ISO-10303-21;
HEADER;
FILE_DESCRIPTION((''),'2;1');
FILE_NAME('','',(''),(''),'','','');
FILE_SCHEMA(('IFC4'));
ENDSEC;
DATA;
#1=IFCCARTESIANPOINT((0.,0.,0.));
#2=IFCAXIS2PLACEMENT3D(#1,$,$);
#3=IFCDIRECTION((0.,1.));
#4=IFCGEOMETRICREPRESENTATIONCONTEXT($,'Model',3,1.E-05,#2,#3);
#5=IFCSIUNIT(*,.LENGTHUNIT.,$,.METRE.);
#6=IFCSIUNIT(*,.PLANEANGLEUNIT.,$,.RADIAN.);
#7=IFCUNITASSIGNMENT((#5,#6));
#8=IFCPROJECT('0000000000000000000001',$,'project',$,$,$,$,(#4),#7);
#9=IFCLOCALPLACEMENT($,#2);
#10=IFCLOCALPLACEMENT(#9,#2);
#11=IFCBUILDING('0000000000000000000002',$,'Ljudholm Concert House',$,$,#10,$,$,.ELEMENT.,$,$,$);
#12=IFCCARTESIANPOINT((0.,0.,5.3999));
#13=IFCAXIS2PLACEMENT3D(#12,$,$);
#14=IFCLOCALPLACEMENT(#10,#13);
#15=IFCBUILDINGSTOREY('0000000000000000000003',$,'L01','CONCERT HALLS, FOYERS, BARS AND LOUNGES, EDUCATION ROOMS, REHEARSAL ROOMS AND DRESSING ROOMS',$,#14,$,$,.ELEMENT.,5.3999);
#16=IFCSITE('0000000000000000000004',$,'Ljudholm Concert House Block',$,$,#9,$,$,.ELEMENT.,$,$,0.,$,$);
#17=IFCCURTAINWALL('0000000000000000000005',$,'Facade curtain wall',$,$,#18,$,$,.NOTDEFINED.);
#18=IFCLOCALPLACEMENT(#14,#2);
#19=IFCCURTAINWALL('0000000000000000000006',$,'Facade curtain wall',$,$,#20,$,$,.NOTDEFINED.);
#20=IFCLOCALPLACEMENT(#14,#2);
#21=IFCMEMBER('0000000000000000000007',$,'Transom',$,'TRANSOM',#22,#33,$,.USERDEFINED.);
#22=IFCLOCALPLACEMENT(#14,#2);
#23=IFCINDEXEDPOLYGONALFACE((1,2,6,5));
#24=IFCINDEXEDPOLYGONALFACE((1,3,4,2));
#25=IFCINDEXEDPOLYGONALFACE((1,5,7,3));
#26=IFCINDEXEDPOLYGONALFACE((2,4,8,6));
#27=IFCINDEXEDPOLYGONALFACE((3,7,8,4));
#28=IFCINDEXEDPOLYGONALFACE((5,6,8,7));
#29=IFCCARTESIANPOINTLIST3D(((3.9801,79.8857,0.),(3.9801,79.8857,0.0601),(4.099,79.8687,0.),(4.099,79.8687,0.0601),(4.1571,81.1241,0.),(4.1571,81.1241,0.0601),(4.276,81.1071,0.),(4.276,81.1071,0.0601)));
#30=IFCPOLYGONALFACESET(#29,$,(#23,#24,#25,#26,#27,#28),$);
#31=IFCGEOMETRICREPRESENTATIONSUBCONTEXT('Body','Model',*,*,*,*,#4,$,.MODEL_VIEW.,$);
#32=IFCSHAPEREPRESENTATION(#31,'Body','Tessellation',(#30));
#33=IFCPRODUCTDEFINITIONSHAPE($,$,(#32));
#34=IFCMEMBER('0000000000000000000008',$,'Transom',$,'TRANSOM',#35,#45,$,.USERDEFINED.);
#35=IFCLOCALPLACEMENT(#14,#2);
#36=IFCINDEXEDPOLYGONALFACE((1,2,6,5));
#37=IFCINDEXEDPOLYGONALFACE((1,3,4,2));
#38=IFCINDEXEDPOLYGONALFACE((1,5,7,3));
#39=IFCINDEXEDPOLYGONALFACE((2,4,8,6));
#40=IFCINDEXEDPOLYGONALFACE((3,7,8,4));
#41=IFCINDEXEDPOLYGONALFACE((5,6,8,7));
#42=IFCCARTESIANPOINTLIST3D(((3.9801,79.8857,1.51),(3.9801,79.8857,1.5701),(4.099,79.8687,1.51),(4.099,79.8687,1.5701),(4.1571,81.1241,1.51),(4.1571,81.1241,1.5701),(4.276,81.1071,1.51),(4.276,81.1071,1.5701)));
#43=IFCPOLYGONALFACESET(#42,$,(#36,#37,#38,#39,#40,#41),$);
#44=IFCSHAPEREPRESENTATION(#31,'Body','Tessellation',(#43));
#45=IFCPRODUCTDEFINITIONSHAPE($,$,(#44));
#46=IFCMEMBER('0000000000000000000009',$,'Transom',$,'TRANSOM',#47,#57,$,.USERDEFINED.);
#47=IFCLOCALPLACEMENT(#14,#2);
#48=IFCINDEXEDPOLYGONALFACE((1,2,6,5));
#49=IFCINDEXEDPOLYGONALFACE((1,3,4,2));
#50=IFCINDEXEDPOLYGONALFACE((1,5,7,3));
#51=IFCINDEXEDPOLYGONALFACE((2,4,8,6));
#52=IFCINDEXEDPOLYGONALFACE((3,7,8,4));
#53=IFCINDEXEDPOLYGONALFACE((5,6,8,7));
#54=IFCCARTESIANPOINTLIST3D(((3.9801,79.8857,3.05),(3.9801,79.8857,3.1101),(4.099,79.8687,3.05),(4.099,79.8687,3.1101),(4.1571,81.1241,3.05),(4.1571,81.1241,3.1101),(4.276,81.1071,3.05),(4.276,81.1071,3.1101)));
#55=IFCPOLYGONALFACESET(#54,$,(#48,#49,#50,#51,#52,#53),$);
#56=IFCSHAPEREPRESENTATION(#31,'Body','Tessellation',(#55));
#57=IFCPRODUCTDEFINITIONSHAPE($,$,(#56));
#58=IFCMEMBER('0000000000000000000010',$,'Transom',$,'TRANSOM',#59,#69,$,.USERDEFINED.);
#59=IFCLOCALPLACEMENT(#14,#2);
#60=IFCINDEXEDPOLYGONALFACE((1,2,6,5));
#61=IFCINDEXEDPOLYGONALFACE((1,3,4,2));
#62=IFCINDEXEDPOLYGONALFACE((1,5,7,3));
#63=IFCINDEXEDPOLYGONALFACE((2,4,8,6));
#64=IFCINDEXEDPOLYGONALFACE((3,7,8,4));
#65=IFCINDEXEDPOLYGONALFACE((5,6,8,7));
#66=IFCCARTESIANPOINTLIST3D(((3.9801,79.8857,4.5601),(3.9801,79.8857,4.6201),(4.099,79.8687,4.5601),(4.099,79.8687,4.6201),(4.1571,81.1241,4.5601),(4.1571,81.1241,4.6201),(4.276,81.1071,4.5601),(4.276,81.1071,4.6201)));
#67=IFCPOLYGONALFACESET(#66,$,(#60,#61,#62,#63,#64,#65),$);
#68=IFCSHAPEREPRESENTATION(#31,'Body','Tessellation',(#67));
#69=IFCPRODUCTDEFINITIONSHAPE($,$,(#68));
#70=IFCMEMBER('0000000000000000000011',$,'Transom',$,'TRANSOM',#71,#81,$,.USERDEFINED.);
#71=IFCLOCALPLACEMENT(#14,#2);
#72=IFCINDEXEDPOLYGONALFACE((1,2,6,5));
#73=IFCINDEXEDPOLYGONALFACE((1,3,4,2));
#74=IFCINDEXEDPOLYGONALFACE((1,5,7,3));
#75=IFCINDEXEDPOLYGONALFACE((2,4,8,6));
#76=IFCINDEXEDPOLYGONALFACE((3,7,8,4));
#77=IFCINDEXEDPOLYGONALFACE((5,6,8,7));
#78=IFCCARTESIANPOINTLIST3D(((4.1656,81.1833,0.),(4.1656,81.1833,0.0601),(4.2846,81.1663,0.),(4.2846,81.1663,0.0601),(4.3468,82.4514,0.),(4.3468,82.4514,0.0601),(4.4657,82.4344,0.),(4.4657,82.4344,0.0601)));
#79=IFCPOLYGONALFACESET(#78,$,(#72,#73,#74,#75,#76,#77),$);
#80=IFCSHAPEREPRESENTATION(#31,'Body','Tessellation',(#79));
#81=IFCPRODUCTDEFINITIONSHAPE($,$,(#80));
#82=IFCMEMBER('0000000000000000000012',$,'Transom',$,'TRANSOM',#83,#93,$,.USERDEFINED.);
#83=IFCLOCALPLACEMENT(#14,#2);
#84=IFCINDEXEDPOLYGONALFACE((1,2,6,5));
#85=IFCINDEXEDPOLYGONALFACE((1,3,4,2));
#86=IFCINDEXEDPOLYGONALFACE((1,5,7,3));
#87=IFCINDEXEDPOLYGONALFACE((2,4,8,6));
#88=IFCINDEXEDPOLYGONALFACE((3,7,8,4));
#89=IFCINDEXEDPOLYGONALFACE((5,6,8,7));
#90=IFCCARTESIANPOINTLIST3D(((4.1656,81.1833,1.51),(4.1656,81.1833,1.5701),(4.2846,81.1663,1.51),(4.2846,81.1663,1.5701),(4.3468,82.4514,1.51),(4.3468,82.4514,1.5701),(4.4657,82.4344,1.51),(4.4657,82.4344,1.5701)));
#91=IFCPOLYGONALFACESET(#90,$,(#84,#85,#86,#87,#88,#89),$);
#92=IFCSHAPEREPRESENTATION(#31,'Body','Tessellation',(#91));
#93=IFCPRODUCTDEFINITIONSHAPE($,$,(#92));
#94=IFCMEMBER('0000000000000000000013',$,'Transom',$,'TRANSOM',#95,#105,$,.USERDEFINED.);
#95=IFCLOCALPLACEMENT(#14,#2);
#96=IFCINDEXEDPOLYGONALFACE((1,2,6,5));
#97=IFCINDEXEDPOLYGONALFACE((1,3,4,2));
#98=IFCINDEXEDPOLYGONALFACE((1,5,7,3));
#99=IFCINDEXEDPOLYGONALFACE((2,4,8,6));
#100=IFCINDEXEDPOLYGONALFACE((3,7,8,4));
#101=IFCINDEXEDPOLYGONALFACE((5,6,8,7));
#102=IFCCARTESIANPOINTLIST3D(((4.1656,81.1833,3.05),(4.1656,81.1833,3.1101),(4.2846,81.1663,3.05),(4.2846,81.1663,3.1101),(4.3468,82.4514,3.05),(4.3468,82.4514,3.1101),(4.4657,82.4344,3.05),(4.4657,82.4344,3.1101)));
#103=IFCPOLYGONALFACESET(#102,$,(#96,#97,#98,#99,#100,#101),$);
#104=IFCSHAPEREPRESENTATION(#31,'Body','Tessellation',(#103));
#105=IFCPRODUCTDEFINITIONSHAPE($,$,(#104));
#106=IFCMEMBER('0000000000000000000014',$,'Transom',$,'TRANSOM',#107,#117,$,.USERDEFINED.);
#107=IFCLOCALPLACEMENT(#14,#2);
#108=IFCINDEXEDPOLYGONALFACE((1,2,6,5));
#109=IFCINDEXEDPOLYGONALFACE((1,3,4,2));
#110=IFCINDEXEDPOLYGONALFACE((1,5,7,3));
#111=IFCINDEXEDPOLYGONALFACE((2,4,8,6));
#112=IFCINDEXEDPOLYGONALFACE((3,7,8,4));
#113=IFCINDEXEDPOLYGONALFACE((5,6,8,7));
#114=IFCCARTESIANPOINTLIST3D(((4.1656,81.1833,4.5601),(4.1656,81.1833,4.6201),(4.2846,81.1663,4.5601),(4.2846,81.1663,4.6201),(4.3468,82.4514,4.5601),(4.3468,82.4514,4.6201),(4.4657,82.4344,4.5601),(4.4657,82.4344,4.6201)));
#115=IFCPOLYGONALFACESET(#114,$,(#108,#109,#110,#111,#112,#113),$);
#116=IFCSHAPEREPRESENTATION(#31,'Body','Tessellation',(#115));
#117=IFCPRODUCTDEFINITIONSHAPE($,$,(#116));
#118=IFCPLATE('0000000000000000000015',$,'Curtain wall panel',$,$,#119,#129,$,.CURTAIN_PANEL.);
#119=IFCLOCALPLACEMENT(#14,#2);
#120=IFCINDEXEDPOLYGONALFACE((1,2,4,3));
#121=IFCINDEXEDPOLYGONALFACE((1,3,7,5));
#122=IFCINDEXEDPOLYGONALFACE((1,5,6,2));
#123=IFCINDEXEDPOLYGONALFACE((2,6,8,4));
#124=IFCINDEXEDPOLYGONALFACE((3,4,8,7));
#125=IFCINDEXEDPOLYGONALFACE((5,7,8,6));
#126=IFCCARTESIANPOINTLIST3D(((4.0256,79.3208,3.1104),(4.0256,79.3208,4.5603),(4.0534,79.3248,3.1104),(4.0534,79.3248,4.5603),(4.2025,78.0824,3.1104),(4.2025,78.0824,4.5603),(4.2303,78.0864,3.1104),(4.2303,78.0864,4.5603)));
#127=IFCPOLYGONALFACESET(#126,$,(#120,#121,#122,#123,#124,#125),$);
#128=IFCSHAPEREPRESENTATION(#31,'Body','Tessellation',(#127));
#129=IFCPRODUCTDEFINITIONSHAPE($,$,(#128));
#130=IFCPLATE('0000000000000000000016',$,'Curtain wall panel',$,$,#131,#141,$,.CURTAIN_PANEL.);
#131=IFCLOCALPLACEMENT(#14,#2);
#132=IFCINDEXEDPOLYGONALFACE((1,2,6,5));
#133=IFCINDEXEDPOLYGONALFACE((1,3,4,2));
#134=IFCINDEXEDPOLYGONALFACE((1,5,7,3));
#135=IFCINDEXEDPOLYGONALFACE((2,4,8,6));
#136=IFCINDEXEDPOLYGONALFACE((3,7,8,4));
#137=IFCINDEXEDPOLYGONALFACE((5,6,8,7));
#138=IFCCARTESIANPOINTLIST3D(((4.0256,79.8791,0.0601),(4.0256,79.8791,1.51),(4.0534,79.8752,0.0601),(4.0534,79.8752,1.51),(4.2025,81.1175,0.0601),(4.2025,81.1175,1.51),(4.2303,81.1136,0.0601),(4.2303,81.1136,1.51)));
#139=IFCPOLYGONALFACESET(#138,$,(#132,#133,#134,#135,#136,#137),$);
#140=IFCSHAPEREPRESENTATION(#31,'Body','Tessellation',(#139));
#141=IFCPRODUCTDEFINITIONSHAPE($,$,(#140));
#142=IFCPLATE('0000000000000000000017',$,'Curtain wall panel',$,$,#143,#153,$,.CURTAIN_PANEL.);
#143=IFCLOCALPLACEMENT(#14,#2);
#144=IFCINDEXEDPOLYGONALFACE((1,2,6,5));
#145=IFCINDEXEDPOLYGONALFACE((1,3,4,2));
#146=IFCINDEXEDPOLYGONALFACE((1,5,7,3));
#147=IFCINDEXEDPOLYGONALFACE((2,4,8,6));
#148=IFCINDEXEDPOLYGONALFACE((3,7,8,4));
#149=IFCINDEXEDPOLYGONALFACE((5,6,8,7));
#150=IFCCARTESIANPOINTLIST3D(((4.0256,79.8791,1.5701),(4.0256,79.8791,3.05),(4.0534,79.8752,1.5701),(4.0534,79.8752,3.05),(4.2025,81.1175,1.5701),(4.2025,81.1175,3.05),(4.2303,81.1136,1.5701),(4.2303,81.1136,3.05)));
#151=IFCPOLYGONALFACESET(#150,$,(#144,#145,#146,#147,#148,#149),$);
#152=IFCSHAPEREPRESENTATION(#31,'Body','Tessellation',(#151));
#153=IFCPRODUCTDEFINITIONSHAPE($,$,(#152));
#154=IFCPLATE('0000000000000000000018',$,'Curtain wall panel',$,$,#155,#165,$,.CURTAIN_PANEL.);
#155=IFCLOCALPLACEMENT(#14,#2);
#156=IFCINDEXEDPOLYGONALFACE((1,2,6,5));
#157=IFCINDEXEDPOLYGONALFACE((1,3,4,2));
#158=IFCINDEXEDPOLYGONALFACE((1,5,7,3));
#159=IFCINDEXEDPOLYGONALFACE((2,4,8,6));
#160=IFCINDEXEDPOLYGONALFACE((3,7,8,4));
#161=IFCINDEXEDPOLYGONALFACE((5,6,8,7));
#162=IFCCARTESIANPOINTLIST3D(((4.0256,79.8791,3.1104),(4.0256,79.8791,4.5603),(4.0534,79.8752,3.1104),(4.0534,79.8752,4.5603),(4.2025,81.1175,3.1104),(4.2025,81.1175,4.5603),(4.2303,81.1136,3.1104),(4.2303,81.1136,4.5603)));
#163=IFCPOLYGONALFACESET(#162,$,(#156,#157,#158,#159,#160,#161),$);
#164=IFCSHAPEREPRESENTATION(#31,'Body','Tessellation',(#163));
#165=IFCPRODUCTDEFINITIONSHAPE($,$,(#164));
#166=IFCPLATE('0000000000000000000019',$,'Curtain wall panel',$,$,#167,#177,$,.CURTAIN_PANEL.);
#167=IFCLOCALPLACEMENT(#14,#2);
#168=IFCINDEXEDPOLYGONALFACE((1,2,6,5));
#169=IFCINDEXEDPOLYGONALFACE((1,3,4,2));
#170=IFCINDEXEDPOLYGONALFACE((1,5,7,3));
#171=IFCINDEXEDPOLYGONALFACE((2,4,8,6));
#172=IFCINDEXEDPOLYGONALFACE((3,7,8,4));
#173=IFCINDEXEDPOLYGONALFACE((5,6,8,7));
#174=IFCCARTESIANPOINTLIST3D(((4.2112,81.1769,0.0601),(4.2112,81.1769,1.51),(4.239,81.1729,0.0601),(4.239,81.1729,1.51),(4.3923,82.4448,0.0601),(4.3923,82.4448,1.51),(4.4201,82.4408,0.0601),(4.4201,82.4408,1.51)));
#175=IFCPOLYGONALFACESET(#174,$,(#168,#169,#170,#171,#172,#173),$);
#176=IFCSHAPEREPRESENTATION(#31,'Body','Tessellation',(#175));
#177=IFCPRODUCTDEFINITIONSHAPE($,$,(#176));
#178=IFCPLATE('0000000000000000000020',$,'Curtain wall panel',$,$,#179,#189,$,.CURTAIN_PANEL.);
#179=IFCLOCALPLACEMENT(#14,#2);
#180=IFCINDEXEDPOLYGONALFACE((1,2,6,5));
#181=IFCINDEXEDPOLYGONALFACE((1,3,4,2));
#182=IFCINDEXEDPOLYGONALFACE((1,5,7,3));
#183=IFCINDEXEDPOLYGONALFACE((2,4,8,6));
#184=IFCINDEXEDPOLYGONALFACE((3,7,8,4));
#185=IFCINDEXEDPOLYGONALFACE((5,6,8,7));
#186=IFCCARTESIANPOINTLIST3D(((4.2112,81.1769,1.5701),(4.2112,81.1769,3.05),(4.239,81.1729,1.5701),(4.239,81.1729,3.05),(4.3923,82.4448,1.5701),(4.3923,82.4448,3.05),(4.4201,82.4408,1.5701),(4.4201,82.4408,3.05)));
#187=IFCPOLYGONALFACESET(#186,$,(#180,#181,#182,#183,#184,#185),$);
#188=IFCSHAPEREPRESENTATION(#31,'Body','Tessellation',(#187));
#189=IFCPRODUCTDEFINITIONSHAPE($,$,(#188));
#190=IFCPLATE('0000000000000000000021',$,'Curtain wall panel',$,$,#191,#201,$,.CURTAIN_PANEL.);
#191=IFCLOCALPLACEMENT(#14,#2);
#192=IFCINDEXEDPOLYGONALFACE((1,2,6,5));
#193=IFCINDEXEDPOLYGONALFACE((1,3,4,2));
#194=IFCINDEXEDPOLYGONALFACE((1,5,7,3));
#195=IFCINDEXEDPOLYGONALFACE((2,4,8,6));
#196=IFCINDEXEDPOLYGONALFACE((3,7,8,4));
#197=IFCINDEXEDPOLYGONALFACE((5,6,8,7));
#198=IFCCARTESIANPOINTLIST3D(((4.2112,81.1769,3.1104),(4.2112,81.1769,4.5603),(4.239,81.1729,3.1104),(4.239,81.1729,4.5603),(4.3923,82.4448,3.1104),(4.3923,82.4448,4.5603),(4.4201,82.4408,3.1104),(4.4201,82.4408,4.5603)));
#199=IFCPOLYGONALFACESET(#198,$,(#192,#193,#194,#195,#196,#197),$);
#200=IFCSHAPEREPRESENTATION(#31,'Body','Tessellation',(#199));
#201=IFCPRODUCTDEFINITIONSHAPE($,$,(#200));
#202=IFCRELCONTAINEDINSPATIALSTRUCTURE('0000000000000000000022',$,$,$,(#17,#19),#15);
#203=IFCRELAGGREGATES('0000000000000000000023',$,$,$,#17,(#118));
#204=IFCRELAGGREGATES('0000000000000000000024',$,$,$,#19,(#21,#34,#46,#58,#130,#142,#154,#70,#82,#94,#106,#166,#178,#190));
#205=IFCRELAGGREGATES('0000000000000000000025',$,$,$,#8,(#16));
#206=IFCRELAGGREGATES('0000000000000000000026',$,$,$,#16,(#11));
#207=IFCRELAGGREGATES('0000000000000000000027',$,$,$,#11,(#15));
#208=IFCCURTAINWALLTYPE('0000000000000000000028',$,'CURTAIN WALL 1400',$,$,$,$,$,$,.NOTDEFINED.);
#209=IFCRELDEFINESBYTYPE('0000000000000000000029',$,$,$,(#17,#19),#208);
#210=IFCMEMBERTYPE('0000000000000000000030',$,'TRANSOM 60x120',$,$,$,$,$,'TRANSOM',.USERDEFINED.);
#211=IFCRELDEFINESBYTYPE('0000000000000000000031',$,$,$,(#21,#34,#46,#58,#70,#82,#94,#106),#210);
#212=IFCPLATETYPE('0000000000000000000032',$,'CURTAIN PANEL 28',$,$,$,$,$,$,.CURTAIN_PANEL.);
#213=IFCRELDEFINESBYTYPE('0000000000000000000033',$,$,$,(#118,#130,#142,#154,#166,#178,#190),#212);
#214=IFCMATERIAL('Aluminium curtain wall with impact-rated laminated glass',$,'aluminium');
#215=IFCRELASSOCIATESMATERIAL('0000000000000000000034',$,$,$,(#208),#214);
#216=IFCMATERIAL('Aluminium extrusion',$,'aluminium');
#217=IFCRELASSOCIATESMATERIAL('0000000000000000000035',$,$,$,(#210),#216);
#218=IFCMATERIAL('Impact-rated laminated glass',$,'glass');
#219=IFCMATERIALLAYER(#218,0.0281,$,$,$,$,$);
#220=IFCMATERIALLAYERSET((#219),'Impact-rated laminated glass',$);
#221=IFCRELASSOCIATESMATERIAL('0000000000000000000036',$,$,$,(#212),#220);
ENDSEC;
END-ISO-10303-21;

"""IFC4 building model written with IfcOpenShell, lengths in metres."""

from ifc_helpers import new_model, si_unit, direction, frame, origin, origin_2d, place, context, subcontext, project, spatial, rectangle, extrude, material, layer, layer_set, material_profile, profile_set, type_object, element, aggregate, save


model = new_model("IFC4")

# Units and contexts
model_context = context("Model", 3, precision=1e-05, world=origin(), true_north=direction((0.0, 1.0)))
body_context = subcontext(model_context, "Body", "Model", "MODEL_VIEW")
ifc_project = project(units=[si_unit("LENGTHUNIT", "METRE"), si_unit("PLANEANGLEUNIT", "RADIAN")], contexts=[model_context])

# Site, building, storey
site_placement = place(None, origin())
site = spatial("IfcSite", under=ifc_project, at=site_placement, Name="Ljudholm Concert House Block", CompositionType="ELEMENT", RefElevation=0.0)
building_placement = place(site_placement, origin())
building = spatial("IfcBuilding", under=site, at=building_placement, Name="Ljudholm Concert House", CompositionType="ELEMENT")
storey_placement = place(building_placement, frame((0.0, 0.0, 5.3999)))
storey = spatial("IfcBuildingStorey", under=building, at=storey_placement, Name="L01", Description="CONCERT HALLS, FOYERS, BARS AND LOUNGES, EDUCATION ROOMS, REHEARSAL ROOMS AND DRESSING ROOMS", CompositionType="ELEMENT", Elevation=5.3999)

# Curtain wall
ifc_material_1 = material(Name="Aluminium curtain wall with impact-rated laminated glass", Category="aluminium")
curtain_wall_type = type_object("IfcCurtainWallType", Name="CURTAIN WALL 1400", PredefinedType="NOTDEFINED", material=ifc_material_1)
curtain_wall_1_placement = place(storey_placement, origin())
curtain_wall_1 = element("IfcCurtainWall", 1, at=curtain_wall_1_placement, inside=storey, type_object=curtain_wall_type, Name="Facade curtain wall", PredefinedType="NOTDEFINED")

# Curtain wall
curtain_wall_2_placement = place(storey_placement, origin())
curtain_wall_2 = element("IfcCurtainWall", 2, at=curtain_wall_2_placement, inside=storey, type_object=curtain_wall_type, Name="Facade curtain wall", PredefinedType="NOTDEFINED")

# Members
ifc_material_2 = material(Name="Aluminium extrusion", Category="aluminium")
ifc_material_profile_1 = material_profile(ifc_material_2, rectangle(XDim=0.1201, YDim=0.0601, at=origin_2d()), Name="TRANSOM 60x120")
ifc_profile_set_1 = profile_set([ifc_material_profile_1], Name="Aluminium extrusion")
member_type_1 = type_object("IfcMemberType", Name="TRANSOM 60x120", ElementType="TRANSOM", PredefinedType="USERDEFINED", material=ifc_profile_set_1)
member_1_placement = place(storey_placement, frame((4.0396, 79.8772, 0.03), z_axis=(0.141503, 0.989938, 0.0), x_axis=(-0.989938, 0.141503, 0.0)))
member_1 = element("IfcMember", 3, at=member_1_placement, type_object=member_type_1, Name="Transom", ObjectType="TRANSOM", PredefinedType="USERDEFINED", context=body_context, shape_type="SweptSolid", body=[
    extrude(rectangle(XDim=0.1201, YDim=0.0601, at=origin_2d()), origin(), (0.0, 0.0, 1.0), 1.251),
])
member_2_placement = place(storey_placement, frame((4.0396, 79.8772, 1.54), z_axis=(0.141503, 0.989938, 0.0), x_axis=(-0.989938, 0.141503, 0.0)))
member_2 = element("IfcMember", 4, at=member_2_placement, type_object=member_type_1, Name="Transom", ObjectType="TRANSOM", PredefinedType="USERDEFINED", context=body_context, shape_type="SweptSolid", body=[
    extrude(rectangle(XDim=0.1201, YDim=0.0601, at=origin_2d()), origin(), (0.0, 0.0, 1.0), 1.251),
])
member_3_placement = place(storey_placement, frame((4.0396, 79.8772, 3.0801), z_axis=(0.141503, 0.989938, 0.0), x_axis=(-0.989938, 0.141503, 0.0)))
member_3 = element("IfcMember", 5, at=member_3_placement, type_object=member_type_1, Name="Transom", ObjectType="TRANSOM", PredefinedType="USERDEFINED", context=body_context, shape_type="SweptSolid", body=[
    extrude(rectangle(XDim=0.1201, YDim=0.0601, at=origin_2d()), origin(), (0.0, 0.0, 1.0), 1.251),
])
member_4_placement = place(storey_placement, frame((4.0396, 79.8772, 4.5901), z_axis=(0.141503, 0.989938, 0.0), x_axis=(-0.989938, 0.141503, 0.0)))
member_4 = element("IfcMember", 6, at=member_4_placement, type_object=member_type_1, Name="Transom", ObjectType="TRANSOM", PredefinedType="USERDEFINED", context=body_context, shape_type="SweptSolid", body=[
    extrude(rectangle(XDim=0.1201, YDim=0.0601, at=origin_2d()), origin(), (0.0, 0.0, 1.0), 1.251),
])
member_5_placement = place(storey_placement, frame((4.2251, 81.1748, 0.03), z_axis=(0.141421, 0.989949, 0.0), x_axis=(-0.989949, 0.141421, 0.0)))
member_5 = element("IfcMember", 7, at=member_5_placement, type_object=member_type_1, Name="Transom", ObjectType="TRANSOM", PredefinedType="USERDEFINED", context=body_context, shape_type="SweptSolid", body=[
    extrude(rectangle(XDim=0.1201, YDim=0.0601, at=origin_2d()), origin(), (0.0, 0.0, 1.0), 1.281),
])
member_6_placement = place(storey_placement, frame((4.2251, 81.1748, 1.54), z_axis=(0.141421, 0.989949, 0.0), x_axis=(-0.989949, 0.141421, 0.0)))
member_6 = element("IfcMember", 8, at=member_6_placement, type_object=member_type_1, Name="Transom", ObjectType="TRANSOM", PredefinedType="USERDEFINED", context=body_context, shape_type="SweptSolid", body=[
    extrude(rectangle(XDim=0.1201, YDim=0.0601, at=origin_2d()), origin(), (0.0, 0.0, 1.0), 1.281),
])
member_7_placement = place(storey_placement, frame((4.2251, 81.1748, 3.0801), z_axis=(0.141421, 0.989949, 0.0), x_axis=(-0.989949, 0.141421, 0.0)))
member_7 = element("IfcMember", 9, at=member_7_placement, type_object=member_type_1, Name="Transom", ObjectType="TRANSOM", PredefinedType="USERDEFINED", context=body_context, shape_type="SweptSolid", body=[
    extrude(rectangle(XDim=0.1201, YDim=0.0601, at=origin_2d()), origin(), (0.0, 0.0, 1.0), 1.281),
])
member_8_placement = place(storey_placement, frame((4.2251, 81.1748, 4.5901), z_axis=(0.141421, 0.989949, 0.0), x_axis=(-0.989949, 0.141421, 0.0)))
member_8 = element("IfcMember", 10, at=member_8_placement, type_object=member_type_1, Name="Transom", ObjectType="TRANSOM", PredefinedType="USERDEFINED", context=body_context, shape_type="SweptSolid", body=[
    extrude(rectangle(XDim=0.1201, YDim=0.0601, at=origin_2d()), origin(), (0.0, 0.0, 1.0), 1.281),
])

# Plates
ifc_material_3 = material(Name="Impact-rated laminated glass", Category="glass")
ifc_layer = layer(ifc_material_3, 0.0281)
ifc_layer_set = layer_set([ifc_layer], Name="Impact-rated laminated glass")
plate_type = type_object("IfcPlateType", Name="CURTAIN PANEL 28", PredefinedType="CURTAIN_PANEL", material=ifc_layer_set)
plate_1_placement = place(storey_placement, frame((4.1279, 78.7036, 3.1104), z_axis=(0.0, 0.0, 1.0), x_axis=(-0.141421, 0.989949, 0.0)))
plate_1 = element("IfcPlate", 11, at=plate_1_placement, type_object=plate_type, Name="Curtain wall panel", PredefinedType="CURTAIN_PANEL", context=body_context, shape_type="SweptSolid", body=[
    extrude(rectangle(XDim=1.251, YDim=0.0281, at=origin_2d()), origin(), (0.0, 0.0, 1.0), 1.45),
])
aggregate(curtain_wall_1, [plate_1])
plate_2_placement = place(storey_placement, frame((4.1279, 80.4963, 0.0601), z_axis=(0.0, 0.0, 1.0), x_axis=(0.141421, 0.989949, 0.0)))
plate_2 = element("IfcPlate", 12, at=plate_2_placement, type_object=plate_type, Name="Curtain wall panel", PredefinedType="CURTAIN_PANEL", context=body_context, shape_type="SweptSolid", body=[
    extrude(rectangle(XDim=1.251, YDim=0.0281, at=origin_2d()), origin(), (0.0, 0.0, 1.0), 1.45),
])
plate_3_placement = place(storey_placement, frame((4.1279, 80.4963, 1.5701), z_axis=(0.0, 0.0, 1.0), x_axis=(0.141421, 0.989949, 0.0)))
plate_3 = element("IfcPlate", 13, at=plate_3_placement, type_object=plate_type, Name="Curtain wall panel", PredefinedType="CURTAIN_PANEL", context=body_context, shape_type="SweptSolid", body=[
    extrude(rectangle(XDim=1.251, YDim=0.0281, at=origin_2d()), origin(), (0.0, 0.0, 1.0), 1.48),
])
plate_4_placement = place(storey_placement, frame((4.1279, 80.4963, 3.1104), z_axis=(0.0, 0.0, 1.0), x_axis=(0.141421, 0.989949, 0.0)))
plate_4 = element("IfcPlate", 14, at=plate_4_placement, type_object=plate_type, Name="Curtain wall panel", PredefinedType="CURTAIN_PANEL", context=body_context, shape_type="SweptSolid", body=[
    extrude(rectangle(XDim=1.251, YDim=0.0281, at=origin_2d()), origin(), (0.0, 0.0, 1.0), 1.45),
])
plate_5_placement = place(storey_placement, frame((4.3157, 81.8088, 0.0601), z_axis=(0.0, 0.0, 1.0), x_axis=(0.141421, 0.989949, 0.0)))
plate_5 = element("IfcPlate", 15, at=plate_5_placement, type_object=plate_type, Name="Curtain wall panel", PredefinedType="CURTAIN_PANEL", context=body_context, shape_type="SweptSolid", body=[
    extrude(rectangle(XDim=1.2808, YDim=0.0281, at=origin_2d()), origin(), (0.0, 0.0, 1.0), 1.45),
])
plate_6_placement = place(storey_placement, frame((4.3157, 81.8088, 1.5701), z_axis=(0.0, 0.0, 1.0), x_axis=(0.141421, 0.989949, 0.0)))
plate_6 = element("IfcPlate", 16, at=plate_6_placement, type_object=plate_type, Name="Curtain wall panel", PredefinedType="CURTAIN_PANEL", context=body_context, shape_type="SweptSolid", body=[
    extrude(rectangle(XDim=1.2808, YDim=0.0281, at=origin_2d()), origin(), (0.0, 0.0, 1.0), 1.48),
])
plate_7_placement = place(storey_placement, frame((4.3157, 81.8088, 3.1104), z_axis=(0.0, 0.0, 1.0), x_axis=(0.141421, 0.989949, 0.0)))
plate_7 = element("IfcPlate", 17, at=plate_7_placement, type_object=plate_type, Name="Curtain wall panel", PredefinedType="CURTAIN_PANEL", context=body_context, shape_type="SweptSolid", body=[
    extrude(rectangle(XDim=1.2808, YDim=0.0281, at=origin_2d()), origin(), (0.0, 0.0, 1.0), 1.45),
])
aggregate(curtain_wall_2, [member_1, member_2, member_3, member_4, plate_2, plate_3, plate_4, member_5, member_6, member_7, member_8, plate_5, plate_6, plate_7])

save(model, "model.ifc")
